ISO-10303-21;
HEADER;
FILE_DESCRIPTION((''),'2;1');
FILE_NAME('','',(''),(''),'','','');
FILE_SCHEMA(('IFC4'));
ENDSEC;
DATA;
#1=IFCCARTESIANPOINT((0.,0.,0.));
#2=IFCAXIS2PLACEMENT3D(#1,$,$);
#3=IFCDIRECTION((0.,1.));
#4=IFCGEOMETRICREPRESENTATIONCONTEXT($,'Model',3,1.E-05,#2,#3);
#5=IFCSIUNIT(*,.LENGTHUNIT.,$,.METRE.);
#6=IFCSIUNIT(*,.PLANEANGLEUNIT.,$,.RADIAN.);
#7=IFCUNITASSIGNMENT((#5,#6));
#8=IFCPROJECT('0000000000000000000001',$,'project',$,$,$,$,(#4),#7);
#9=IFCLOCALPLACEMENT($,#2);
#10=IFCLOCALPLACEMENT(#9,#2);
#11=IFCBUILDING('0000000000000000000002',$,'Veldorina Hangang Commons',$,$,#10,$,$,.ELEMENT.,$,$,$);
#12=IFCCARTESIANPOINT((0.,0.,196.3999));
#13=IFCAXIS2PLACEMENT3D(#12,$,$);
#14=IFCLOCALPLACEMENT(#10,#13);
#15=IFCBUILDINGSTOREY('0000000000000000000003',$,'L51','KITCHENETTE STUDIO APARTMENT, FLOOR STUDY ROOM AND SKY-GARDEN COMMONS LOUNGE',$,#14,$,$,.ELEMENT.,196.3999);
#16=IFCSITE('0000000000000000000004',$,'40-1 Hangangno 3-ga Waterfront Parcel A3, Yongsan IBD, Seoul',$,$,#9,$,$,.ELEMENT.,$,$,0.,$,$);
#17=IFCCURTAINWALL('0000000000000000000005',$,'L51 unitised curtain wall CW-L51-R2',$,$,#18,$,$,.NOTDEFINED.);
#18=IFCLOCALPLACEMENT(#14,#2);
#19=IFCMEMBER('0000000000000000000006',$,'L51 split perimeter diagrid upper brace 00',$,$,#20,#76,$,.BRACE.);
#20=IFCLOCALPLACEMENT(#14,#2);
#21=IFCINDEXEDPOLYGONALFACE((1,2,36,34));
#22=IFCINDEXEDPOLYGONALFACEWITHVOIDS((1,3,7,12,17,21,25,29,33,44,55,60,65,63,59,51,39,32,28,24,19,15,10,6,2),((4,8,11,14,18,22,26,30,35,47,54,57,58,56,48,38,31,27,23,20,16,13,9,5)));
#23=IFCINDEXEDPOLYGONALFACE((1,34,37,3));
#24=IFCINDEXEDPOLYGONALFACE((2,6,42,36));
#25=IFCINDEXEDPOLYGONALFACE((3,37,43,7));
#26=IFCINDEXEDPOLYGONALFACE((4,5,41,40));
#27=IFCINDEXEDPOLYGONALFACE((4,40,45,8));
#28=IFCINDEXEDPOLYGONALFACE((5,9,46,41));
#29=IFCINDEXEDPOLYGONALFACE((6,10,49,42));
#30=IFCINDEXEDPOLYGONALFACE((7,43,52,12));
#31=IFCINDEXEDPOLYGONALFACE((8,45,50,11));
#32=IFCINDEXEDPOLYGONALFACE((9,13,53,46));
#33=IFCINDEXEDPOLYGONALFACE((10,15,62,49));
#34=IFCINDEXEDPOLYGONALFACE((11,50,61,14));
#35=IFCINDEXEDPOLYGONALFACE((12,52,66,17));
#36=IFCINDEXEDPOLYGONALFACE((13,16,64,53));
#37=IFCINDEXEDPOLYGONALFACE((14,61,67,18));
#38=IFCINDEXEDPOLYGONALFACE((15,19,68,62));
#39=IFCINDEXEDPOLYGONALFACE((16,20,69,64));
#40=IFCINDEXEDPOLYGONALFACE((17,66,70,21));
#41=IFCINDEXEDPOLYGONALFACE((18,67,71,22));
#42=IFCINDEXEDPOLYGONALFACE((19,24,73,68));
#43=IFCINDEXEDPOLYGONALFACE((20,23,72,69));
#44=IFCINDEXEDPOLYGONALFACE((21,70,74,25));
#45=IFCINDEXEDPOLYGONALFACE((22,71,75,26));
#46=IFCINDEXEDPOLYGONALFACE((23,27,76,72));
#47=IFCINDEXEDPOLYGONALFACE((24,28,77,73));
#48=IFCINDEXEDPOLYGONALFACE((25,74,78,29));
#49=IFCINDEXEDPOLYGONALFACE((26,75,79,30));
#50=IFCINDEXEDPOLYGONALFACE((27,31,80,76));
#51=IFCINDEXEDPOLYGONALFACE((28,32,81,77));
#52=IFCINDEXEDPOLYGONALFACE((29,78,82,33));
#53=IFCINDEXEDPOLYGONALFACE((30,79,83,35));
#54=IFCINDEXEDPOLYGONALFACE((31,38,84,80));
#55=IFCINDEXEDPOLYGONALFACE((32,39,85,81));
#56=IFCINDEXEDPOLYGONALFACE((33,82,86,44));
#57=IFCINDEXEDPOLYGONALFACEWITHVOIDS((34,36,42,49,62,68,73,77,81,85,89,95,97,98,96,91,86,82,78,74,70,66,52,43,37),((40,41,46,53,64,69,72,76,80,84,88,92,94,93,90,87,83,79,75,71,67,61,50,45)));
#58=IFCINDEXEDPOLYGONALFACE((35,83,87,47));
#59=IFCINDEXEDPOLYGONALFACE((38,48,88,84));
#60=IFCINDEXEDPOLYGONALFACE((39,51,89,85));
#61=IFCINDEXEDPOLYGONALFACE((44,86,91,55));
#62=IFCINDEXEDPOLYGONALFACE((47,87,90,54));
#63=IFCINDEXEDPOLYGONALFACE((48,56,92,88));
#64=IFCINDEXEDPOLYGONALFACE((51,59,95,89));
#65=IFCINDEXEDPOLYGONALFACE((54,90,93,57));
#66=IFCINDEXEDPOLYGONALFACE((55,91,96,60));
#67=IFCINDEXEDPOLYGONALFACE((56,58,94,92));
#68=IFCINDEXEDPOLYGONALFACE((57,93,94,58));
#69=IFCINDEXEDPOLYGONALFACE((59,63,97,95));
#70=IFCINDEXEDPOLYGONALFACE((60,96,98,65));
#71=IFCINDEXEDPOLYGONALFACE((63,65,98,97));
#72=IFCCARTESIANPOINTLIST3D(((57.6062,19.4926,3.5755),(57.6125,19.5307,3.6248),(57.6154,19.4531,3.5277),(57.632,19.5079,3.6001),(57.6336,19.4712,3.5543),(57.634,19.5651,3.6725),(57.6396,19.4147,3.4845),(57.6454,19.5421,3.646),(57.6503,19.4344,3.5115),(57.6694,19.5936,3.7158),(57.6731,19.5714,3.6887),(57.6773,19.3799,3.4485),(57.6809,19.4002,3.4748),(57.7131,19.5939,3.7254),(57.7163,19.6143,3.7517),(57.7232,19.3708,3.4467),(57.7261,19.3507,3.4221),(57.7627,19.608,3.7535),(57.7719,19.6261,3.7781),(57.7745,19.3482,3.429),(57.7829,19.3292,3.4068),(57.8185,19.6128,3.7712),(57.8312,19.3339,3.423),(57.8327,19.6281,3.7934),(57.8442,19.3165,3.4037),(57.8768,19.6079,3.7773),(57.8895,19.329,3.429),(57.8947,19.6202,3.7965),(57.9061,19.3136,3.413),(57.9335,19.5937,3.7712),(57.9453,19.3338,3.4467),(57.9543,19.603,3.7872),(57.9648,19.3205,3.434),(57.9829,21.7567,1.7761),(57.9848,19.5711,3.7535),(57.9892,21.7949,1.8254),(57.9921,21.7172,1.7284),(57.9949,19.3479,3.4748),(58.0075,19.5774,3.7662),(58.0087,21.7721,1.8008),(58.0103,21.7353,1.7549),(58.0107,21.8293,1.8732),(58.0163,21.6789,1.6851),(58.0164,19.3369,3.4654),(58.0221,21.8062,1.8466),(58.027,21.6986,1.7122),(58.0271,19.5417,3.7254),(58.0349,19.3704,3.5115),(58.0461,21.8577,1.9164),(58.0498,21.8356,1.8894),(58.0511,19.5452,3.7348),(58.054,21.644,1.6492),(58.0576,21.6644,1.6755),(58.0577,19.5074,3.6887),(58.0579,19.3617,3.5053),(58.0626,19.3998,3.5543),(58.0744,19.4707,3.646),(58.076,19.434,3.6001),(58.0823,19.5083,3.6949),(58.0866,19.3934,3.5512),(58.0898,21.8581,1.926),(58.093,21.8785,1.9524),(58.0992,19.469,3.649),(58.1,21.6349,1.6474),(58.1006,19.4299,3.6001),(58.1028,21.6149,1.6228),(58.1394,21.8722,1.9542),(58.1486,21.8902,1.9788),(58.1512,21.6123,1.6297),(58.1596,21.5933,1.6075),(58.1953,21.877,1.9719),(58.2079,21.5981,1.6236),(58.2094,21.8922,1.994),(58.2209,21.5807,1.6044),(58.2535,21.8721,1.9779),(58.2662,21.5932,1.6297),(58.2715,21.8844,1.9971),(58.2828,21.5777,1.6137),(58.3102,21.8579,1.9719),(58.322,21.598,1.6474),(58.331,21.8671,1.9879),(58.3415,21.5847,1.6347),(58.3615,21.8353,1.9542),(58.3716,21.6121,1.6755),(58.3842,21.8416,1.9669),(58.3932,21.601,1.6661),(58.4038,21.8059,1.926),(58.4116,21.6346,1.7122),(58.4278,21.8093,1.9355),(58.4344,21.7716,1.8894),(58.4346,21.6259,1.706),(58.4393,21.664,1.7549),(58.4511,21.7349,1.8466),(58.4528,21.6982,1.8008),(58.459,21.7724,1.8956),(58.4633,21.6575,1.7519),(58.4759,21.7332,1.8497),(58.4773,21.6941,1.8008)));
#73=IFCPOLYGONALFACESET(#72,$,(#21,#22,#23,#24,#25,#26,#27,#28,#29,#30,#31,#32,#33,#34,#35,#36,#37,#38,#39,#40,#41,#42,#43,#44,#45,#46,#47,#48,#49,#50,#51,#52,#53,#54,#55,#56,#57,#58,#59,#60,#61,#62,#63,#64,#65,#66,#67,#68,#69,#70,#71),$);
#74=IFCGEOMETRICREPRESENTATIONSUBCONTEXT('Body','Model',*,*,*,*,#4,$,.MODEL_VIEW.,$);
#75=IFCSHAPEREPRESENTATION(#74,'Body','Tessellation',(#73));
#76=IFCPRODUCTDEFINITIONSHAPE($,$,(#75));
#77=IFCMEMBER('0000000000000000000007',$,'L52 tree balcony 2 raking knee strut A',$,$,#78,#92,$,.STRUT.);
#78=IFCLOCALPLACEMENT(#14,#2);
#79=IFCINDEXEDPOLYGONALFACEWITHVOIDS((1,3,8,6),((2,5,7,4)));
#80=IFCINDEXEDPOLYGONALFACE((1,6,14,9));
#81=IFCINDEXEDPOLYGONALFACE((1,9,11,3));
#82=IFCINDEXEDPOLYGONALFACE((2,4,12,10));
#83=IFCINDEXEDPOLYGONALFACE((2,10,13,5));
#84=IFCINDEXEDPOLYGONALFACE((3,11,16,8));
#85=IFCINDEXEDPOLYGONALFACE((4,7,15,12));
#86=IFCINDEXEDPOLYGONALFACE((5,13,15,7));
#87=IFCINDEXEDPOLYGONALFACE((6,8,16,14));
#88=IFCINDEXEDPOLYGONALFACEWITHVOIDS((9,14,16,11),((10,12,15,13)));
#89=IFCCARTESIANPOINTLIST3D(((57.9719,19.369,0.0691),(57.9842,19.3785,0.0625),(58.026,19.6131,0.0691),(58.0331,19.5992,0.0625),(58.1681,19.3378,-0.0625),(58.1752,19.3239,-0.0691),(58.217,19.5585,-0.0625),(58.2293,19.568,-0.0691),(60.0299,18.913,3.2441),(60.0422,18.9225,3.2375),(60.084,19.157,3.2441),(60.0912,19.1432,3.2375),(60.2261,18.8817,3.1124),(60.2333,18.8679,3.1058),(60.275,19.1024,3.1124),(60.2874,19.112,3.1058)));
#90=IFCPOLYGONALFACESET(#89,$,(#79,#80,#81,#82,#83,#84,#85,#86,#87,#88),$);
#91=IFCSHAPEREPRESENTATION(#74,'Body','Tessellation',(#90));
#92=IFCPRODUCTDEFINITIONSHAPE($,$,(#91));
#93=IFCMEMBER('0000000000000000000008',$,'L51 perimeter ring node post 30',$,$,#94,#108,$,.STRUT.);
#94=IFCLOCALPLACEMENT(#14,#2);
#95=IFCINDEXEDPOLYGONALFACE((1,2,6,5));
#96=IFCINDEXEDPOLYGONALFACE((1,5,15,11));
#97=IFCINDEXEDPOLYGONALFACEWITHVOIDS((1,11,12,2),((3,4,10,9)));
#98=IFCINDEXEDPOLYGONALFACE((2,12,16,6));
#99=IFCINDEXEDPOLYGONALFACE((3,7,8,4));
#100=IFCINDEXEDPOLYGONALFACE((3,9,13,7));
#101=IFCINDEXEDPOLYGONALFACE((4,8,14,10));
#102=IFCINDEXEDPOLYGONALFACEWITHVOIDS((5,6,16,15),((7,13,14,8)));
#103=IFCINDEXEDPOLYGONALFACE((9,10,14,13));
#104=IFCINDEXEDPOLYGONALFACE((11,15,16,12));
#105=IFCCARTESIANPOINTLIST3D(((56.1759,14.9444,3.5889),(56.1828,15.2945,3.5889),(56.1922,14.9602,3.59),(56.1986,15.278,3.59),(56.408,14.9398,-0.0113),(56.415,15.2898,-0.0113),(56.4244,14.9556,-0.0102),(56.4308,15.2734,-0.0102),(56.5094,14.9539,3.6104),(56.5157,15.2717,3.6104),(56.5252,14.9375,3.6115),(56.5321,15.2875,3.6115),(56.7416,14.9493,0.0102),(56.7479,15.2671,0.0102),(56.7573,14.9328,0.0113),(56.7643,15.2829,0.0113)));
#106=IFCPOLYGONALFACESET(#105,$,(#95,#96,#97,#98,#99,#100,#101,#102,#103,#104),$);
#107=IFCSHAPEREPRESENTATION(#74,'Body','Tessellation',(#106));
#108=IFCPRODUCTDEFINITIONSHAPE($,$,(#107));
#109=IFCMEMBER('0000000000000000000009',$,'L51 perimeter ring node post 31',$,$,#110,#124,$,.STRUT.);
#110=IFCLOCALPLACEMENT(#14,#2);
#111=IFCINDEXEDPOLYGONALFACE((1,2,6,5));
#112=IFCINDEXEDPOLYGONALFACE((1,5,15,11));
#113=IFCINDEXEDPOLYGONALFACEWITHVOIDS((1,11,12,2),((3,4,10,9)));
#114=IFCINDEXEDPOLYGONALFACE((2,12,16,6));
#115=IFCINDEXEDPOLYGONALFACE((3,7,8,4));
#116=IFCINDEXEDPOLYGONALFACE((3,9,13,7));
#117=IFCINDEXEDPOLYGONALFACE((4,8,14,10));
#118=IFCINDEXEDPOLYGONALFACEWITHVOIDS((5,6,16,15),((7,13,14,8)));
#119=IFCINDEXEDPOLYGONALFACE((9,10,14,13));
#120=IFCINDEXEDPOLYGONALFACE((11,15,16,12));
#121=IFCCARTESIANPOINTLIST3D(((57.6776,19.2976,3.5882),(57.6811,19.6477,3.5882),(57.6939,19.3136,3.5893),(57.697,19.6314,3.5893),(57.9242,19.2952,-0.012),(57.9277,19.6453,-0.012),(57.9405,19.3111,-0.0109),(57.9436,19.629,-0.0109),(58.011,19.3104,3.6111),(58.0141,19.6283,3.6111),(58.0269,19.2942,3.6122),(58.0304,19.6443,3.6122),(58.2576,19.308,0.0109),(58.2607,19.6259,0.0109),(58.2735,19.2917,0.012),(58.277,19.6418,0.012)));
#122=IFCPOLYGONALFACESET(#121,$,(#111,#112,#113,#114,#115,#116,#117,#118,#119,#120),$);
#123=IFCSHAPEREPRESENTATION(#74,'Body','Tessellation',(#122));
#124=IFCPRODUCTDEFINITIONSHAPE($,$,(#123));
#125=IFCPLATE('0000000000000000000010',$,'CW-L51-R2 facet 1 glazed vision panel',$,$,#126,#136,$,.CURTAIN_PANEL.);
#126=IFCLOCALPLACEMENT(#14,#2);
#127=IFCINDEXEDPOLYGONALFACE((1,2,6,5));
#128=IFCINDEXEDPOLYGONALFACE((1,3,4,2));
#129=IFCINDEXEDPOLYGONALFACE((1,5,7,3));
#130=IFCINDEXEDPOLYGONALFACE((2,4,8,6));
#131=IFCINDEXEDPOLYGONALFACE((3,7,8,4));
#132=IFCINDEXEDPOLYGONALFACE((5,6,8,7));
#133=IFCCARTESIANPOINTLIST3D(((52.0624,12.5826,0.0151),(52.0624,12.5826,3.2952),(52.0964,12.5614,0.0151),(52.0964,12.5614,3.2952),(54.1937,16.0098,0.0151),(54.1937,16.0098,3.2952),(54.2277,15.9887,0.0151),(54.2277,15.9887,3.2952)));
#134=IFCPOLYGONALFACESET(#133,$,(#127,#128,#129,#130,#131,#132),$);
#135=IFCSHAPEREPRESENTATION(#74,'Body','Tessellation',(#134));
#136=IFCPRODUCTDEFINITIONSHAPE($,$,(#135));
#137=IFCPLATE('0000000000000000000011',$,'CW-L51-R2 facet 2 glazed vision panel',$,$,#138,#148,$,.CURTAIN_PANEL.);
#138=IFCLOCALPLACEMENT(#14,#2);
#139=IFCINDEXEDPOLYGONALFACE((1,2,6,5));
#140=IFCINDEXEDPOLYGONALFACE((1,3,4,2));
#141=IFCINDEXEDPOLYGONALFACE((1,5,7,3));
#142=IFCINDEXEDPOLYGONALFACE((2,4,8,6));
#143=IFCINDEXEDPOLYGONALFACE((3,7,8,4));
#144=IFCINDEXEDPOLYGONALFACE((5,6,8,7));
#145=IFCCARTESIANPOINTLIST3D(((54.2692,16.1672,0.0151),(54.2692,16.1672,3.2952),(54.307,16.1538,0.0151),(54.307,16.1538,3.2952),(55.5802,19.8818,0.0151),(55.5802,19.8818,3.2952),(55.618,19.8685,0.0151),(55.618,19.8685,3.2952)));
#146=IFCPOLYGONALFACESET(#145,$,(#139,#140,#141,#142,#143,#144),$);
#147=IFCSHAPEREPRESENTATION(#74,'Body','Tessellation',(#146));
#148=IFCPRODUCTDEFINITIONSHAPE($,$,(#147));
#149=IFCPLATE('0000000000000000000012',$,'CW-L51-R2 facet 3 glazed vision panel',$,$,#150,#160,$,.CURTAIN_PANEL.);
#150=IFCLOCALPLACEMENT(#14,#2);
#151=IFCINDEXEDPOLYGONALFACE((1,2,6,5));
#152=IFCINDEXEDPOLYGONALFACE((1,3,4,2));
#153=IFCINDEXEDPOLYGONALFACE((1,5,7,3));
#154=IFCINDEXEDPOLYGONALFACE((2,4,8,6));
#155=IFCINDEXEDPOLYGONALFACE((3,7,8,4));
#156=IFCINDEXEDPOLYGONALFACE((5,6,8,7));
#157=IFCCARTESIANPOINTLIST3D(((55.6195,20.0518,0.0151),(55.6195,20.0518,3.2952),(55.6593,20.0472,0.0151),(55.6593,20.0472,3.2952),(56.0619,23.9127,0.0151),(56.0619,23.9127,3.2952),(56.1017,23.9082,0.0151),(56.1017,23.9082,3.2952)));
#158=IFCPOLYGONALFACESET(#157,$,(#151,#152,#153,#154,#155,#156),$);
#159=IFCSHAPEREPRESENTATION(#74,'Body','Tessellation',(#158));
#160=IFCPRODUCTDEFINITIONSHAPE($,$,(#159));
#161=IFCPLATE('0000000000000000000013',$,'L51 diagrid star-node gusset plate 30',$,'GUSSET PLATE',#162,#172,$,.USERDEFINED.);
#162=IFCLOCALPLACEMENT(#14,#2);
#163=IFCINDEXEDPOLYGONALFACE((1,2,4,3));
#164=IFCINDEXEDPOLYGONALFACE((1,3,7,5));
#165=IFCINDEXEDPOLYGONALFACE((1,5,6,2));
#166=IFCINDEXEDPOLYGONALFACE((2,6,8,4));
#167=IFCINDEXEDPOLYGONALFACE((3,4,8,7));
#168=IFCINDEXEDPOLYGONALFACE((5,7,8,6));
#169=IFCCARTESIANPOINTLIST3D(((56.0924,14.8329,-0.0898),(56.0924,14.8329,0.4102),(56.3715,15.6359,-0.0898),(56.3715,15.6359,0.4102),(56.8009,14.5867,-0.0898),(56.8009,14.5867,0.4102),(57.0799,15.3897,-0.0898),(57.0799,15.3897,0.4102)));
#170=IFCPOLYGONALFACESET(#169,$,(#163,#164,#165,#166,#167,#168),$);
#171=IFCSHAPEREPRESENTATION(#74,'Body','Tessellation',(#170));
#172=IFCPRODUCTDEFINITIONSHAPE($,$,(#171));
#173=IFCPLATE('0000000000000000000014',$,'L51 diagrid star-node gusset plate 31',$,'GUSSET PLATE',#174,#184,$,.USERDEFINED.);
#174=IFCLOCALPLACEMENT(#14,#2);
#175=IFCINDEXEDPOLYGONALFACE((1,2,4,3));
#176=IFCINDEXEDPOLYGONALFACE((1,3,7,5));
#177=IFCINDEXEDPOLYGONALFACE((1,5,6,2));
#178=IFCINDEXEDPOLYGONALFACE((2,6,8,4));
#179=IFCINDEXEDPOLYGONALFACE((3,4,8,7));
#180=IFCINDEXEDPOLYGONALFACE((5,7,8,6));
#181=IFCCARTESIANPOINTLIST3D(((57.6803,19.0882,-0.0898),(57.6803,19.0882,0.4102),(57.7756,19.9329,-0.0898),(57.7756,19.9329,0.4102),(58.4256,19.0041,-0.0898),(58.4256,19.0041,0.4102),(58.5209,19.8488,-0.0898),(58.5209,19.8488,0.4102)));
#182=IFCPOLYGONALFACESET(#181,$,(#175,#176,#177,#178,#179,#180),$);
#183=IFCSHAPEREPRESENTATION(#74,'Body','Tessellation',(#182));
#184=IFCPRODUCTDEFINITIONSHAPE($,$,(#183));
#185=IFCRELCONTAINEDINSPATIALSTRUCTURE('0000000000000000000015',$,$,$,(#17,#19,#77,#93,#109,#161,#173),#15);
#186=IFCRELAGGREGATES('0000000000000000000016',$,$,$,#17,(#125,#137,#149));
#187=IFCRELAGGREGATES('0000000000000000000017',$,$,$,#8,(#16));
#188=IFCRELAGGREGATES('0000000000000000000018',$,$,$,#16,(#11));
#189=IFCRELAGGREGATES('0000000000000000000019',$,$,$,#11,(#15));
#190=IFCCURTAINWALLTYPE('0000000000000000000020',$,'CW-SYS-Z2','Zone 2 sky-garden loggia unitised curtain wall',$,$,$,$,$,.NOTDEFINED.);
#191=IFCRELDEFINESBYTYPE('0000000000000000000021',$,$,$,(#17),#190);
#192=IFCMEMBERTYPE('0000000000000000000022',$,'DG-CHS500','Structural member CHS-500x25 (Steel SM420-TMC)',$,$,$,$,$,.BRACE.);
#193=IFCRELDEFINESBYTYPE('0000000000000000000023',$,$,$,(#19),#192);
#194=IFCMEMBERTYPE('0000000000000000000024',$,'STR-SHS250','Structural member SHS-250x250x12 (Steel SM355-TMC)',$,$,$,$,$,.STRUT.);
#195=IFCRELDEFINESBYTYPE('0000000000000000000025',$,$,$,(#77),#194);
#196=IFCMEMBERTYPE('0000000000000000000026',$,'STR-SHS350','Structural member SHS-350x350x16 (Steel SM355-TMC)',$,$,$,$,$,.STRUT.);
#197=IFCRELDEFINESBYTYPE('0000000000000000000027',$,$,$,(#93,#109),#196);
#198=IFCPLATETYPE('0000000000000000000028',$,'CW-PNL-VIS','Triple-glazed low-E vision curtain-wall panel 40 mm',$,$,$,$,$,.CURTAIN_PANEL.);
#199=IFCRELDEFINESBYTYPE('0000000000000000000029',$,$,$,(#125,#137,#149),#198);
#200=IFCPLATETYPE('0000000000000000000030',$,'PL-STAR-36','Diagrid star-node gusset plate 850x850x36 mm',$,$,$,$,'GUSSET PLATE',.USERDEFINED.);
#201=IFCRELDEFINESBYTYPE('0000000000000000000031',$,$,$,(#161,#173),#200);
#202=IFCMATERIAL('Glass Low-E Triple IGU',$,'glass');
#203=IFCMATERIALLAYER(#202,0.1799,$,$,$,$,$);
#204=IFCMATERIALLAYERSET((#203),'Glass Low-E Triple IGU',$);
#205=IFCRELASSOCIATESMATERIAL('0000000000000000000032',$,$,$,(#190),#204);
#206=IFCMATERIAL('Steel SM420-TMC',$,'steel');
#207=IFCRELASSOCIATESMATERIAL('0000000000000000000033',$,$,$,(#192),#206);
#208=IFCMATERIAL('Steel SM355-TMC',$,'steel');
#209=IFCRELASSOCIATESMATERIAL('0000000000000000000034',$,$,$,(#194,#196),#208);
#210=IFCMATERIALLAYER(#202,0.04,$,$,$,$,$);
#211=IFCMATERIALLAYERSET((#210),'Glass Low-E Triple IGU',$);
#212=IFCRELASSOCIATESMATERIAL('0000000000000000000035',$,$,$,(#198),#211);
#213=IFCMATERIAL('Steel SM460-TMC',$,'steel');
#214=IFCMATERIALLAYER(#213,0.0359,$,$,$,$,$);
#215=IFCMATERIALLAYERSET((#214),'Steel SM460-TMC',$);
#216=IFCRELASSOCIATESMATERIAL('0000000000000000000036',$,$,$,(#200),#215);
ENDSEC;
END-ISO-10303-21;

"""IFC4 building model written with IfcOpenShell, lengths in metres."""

from ifc_helpers import new_model, si_unit, direction, frame, origin, origin_2d, place, context, subcontext, project, spatial, rectangle, hollow_rectangle, hollow_circle, extrude, material, layer, layer_set, material_profile, profile_set, type_object, element, aggregate, save


model = new_model("IFC4")

# Units and contexts
model_context = context("Model", 3, precision=1e-05, world=origin(), true_north=direction((0.0, 1.0)))
body_context = subcontext(model_context, "Body", "Model", "MODEL_VIEW")
ifc_project = project(units=[si_unit("LENGTHUNIT", "METRE"), si_unit("PLANEANGLEUNIT", "RADIAN")], contexts=[model_context])

# Site, building, storey
site_placement = place(None, origin())
site = spatial("IfcSite", under=ifc_project, at=site_placement, Name="40-1 Hangangno 3-ga Waterfront Parcel A3, Yongsan IBD, Seoul", CompositionType="ELEMENT", RefElevation=0.0)
building_placement = place(site_placement, origin())
building = spatial("IfcBuilding", under=site, at=building_placement, Name="Veldorina Hangang Commons", CompositionType="ELEMENT")
storey_placement = place(building_placement, frame((0.0, 0.0, 196.3999)))
storey = spatial("IfcBuildingStorey", under=building, at=storey_placement, Name="L51", Description="KITCHENETTE STUDIO APARTMENT, FLOOR STUDY ROOM AND SKY-GARDEN COMMONS LOUNGE", CompositionType="ELEMENT", Elevation=196.3999)

# Shared definitions
ifc_material_1 = material(Name="Steel SM355-TMC", Category="steel")
ifc_material_2 = material(Name="Steel SM420-TMC", Category="steel")

# Curtain wall
ifc_material_3 = material(Name="Glass Low-E Triple IGU", Category="glass")
ifc_layer_1 = layer(ifc_material_3, 0.1799)
ifc_layer_set_1 = layer_set([ifc_layer_1], Name="Glass Low-E Triple IGU")
curtain_wall_type = type_object("IfcCurtainWallType", Name="CW-SYS-Z2", Description="Zone 2 sky-garden loggia unitised curtain wall", PredefinedType="NOTDEFINED", material=ifc_layer_set_1)
curtain_wall_placement = place(storey_placement, origin())
curtain_wall = element("IfcCurtainWall", 1, at=curtain_wall_placement, inside=storey, type_object=curtain_wall_type, Name="L51 unitised curtain wall CW-L51-R2", PredefinedType="NOTDEFINED")

# Members
ifc_material_profile_1 = material_profile(ifc_material_2, hollow_circle(Radius=0.25, WallThickness=0.0249, at=origin_2d()), Name="CHS-500x25")
ifc_profile_set_1 = profile_set([ifc_material_profile_1], Name="Steel SM420-TMC")
member_type_1 = type_object("IfcMemberType", Name="DG-CHS500", Description="Structural member CHS-500x25 (Steel SM420-TMC)", PredefinedType="BRACE", material=ifc_profile_set_1)
member_1_placement = place(storey_placement, frame((58.2307, 21.7351, 1.8008), z_axis=(-0.129166, -0.776332, 0.616947), x_axis=(0.98644, -0.164123, 0.0)))
element("IfcMember", 2, at=member_1_placement, inside=storey, type_object=member_type_1, Name="L51 split perimeter diagrid upper brace 00", PredefinedType="BRACE", context=body_context, shape_type="SweptSolid", body=[
    extrude(hollow_circle(Radius=0.25, WallThickness=0.0249, at=origin_2d()), origin(), (0.0, 0.0, 1.0), 2.9165),
])
ifc_material_profile_2 = material_profile(ifc_material_1, hollow_rectangle(XDim=0.25, YDim=0.25, WallThickness=0.012, at=origin_2d()), Name="SHS-250x250x12")
ifc_profile_set_2 = profile_set([ifc_material_profile_2], Name="Steel SM355-TMC")
member_type_2 = type_object("IfcMemberType", Name="STR-SHS250", Description="Structural member SHS-250x250x12 (Steel SM355-TMC)", PredefinedType="STRUT", material=ifc_profile_set_2)
member_2_placement = place(storey_placement, frame((58.1006, 19.4685, 0.0), z_axis=(0.540025, -0.119664, 0.833099), x_axis=(0.216342, 0.976318, 0.0)))
element("IfcMember", 3, at=member_2_placement, inside=storey, type_object=member_type_2, Name="L52 tree balcony 2 raking knee strut A", PredefinedType="STRUT", context=body_context, shape_type="SweptSolid", body=[
    extrude(hollow_rectangle(XDim=0.25, YDim=0.25, WallThickness=0.012, at=origin_2d()), origin(), (0.0, 0.0, 1.0), 3.811),
])
ifc_material_profile_3 = material_profile(ifc_material_1, hollow_rectangle(XDim=0.3501, YDim=0.3501, WallThickness=0.0161, at=origin_2d()), Name="SHS-350x350x16")
ifc_profile_set_3 = profile_set([ifc_material_profile_3], Name="Steel SM355-TMC")
member_type_3 = type_object("IfcMemberType", Name="STR-SHS350", Description="Structural member SHS-350x350x16 (Steel SM355-TMC)", PredefinedType="STRUT", material=ifc_profile_set_3)
member_3_placement = place(storey_placement, frame((56.5862, 15.1113, 0.0), z_axis=(-0.064358, 0.001286, 0.997926), x_axis=(-0.019975, -0.9998, 0.0)))
element("IfcMember", 4, at=member_3_placement, inside=storey, type_object=member_type_3, Name="L51 perimeter ring node post 30", PredefinedType="STRUT", context=body_context, shape_type="SweptSolid", body=[
    extrude(hollow_rectangle(XDim=0.3501, YDim=0.3501, WallThickness=0.0161, at=origin_2d()), origin(), (0.0, 0.0, 1.0), 3.6077),
])
member_4_placement = place(storey_placement, frame((58.1006, 19.4685, 0.0), z_axis=(-0.068333, 0.000677, 0.997662), x_axis=(-0.009901, -0.999951, 0.0)))
element("IfcMember", 5, at=member_4_placement, inside=storey, type_object=member_type_3, Name="L51 perimeter ring node post 31", PredefinedType="STRUT", context=body_context, shape_type="SweptSolid", body=[
    extrude(hollow_rectangle(XDim=0.3501, YDim=0.3501, WallThickness=0.0161, at=origin_2d()), origin(), (0.0, 0.0, 1.0), 3.6086),
])

# Plates
ifc_layer_2 = layer(ifc_material_3, 0.04)
ifc_layer_set_2 = layer_set([ifc_layer_2], Name="Glass Low-E Triple IGU")
plate_type_1 = type_object("IfcPlateType", Name="CW-PNL-VIS", Description="Triple-glazed low-E vision curtain-wall panel 40 mm", PredefinedType="CURTAIN_PANEL", material=ifc_layer_set_2)
plate_1_placement = place(storey_placement, frame((53.145, 14.2856, 0.0151), z_axis=(0.0, 0.0, 1.0), x_axis=(0.528083, 0.849193, 0.0)))
plate_1 = element("IfcPlate", 6, at=plate_1_placement, type_object=plate_type_1, Name="CW-L51-R2 facet 1 glazed vision panel", PredefinedType="CURTAIN_PANEL", context=body_context, shape_type="SweptSolid", body=[
    extrude(rectangle(XDim=4.0359, YDim=0.04, at=origin_2d()), origin(), (0.0, 0.0, 1.0), 3.28),
])
plate_2_placement = place(storey_placement, frame((54.9436, 18.0178, 0.0151), z_axis=(0.0, 0.0, 1.0), x_axis=(0.33282, 0.942991, 0.0)))
plate_2 = element("IfcPlate", 7, at=plate_2_placement, type_object=plate_type_1, Name="CW-L51-R2 facet 2 glazed vision panel", PredefinedType="CURTAIN_PANEL", context=body_context, shape_type="SweptSolid", body=[
    extrude(rectangle(XDim=3.9392, YDim=0.04, at=origin_2d()), origin(), (0.0, 0.0, 1.0), 3.28),
])
plate_3_placement = place(storey_placement, frame((55.8606, 21.98, 0.0151), z_axis=(0.0, 0.0, 1.0), x_axis=(0.113845, 0.993499, 0.0)))
plate_3 = element("IfcPlate", 8, at=plate_3_placement, type_object=plate_type_1, Name="CW-L51-R2 facet 3 glazed vision panel", PredefinedType="CURTAIN_PANEL", context=body_context, shape_type="SweptSolid", body=[
    extrude(rectangle(XDim=3.8862, YDim=0.04, at=origin_2d()), origin(), (0.0, 0.0, 1.0), 3.28),
])
aggregate(curtain_wall, [plate_1, plate_2, plate_3])

# Plates
ifc_material_4 = material(Name="Steel SM460-TMC", Category="steel")
ifc_layer_3 = layer(ifc_material_4, 0.0359)
ifc_layer_set_3 = layer_set([ifc_layer_3], Name="Steel SM460-TMC")
plate_type_2 = type_object("IfcPlateType", Name="PL-STAR-36", Description="Diagrid star-node gusset plate 850x850x36 mm", ElementType="GUSSET PLATE", PredefinedType="USERDEFINED", material=ifc_layer_set_3)
for number, where, z_axis, x_axis, name in (
    (9, (56.5862, 15.1113, -0.0898), (0.0, 0.0, 1.0), (0.32829, 0.944577, 0.0), "L51 diagrid star-node gusset plate 30"),
    (10, (58.1006, 19.4685, -0.0898), (0.0, 0.0, 1.0), (0.112128, 0.993694, 0.0), "L51 diagrid star-node gusset plate 31"),
):
    element("IfcPlate", number, at=place(storey_placement, frame(where, z_axis=z_axis, x_axis=x_axis)), inside=storey, type_object=plate_type_2, Name=name, ObjectType="GUSSET PLATE", PredefinedType="USERDEFINED", context=body_context, shape_type="SweptSolid", body=[
        extrude(rectangle(XDim=0.8501, YDim=0.75, at=origin_2d()), origin(), (0.0, 0.0, 1.0), 0.5),
    ])

save(model, "model.ifc")
